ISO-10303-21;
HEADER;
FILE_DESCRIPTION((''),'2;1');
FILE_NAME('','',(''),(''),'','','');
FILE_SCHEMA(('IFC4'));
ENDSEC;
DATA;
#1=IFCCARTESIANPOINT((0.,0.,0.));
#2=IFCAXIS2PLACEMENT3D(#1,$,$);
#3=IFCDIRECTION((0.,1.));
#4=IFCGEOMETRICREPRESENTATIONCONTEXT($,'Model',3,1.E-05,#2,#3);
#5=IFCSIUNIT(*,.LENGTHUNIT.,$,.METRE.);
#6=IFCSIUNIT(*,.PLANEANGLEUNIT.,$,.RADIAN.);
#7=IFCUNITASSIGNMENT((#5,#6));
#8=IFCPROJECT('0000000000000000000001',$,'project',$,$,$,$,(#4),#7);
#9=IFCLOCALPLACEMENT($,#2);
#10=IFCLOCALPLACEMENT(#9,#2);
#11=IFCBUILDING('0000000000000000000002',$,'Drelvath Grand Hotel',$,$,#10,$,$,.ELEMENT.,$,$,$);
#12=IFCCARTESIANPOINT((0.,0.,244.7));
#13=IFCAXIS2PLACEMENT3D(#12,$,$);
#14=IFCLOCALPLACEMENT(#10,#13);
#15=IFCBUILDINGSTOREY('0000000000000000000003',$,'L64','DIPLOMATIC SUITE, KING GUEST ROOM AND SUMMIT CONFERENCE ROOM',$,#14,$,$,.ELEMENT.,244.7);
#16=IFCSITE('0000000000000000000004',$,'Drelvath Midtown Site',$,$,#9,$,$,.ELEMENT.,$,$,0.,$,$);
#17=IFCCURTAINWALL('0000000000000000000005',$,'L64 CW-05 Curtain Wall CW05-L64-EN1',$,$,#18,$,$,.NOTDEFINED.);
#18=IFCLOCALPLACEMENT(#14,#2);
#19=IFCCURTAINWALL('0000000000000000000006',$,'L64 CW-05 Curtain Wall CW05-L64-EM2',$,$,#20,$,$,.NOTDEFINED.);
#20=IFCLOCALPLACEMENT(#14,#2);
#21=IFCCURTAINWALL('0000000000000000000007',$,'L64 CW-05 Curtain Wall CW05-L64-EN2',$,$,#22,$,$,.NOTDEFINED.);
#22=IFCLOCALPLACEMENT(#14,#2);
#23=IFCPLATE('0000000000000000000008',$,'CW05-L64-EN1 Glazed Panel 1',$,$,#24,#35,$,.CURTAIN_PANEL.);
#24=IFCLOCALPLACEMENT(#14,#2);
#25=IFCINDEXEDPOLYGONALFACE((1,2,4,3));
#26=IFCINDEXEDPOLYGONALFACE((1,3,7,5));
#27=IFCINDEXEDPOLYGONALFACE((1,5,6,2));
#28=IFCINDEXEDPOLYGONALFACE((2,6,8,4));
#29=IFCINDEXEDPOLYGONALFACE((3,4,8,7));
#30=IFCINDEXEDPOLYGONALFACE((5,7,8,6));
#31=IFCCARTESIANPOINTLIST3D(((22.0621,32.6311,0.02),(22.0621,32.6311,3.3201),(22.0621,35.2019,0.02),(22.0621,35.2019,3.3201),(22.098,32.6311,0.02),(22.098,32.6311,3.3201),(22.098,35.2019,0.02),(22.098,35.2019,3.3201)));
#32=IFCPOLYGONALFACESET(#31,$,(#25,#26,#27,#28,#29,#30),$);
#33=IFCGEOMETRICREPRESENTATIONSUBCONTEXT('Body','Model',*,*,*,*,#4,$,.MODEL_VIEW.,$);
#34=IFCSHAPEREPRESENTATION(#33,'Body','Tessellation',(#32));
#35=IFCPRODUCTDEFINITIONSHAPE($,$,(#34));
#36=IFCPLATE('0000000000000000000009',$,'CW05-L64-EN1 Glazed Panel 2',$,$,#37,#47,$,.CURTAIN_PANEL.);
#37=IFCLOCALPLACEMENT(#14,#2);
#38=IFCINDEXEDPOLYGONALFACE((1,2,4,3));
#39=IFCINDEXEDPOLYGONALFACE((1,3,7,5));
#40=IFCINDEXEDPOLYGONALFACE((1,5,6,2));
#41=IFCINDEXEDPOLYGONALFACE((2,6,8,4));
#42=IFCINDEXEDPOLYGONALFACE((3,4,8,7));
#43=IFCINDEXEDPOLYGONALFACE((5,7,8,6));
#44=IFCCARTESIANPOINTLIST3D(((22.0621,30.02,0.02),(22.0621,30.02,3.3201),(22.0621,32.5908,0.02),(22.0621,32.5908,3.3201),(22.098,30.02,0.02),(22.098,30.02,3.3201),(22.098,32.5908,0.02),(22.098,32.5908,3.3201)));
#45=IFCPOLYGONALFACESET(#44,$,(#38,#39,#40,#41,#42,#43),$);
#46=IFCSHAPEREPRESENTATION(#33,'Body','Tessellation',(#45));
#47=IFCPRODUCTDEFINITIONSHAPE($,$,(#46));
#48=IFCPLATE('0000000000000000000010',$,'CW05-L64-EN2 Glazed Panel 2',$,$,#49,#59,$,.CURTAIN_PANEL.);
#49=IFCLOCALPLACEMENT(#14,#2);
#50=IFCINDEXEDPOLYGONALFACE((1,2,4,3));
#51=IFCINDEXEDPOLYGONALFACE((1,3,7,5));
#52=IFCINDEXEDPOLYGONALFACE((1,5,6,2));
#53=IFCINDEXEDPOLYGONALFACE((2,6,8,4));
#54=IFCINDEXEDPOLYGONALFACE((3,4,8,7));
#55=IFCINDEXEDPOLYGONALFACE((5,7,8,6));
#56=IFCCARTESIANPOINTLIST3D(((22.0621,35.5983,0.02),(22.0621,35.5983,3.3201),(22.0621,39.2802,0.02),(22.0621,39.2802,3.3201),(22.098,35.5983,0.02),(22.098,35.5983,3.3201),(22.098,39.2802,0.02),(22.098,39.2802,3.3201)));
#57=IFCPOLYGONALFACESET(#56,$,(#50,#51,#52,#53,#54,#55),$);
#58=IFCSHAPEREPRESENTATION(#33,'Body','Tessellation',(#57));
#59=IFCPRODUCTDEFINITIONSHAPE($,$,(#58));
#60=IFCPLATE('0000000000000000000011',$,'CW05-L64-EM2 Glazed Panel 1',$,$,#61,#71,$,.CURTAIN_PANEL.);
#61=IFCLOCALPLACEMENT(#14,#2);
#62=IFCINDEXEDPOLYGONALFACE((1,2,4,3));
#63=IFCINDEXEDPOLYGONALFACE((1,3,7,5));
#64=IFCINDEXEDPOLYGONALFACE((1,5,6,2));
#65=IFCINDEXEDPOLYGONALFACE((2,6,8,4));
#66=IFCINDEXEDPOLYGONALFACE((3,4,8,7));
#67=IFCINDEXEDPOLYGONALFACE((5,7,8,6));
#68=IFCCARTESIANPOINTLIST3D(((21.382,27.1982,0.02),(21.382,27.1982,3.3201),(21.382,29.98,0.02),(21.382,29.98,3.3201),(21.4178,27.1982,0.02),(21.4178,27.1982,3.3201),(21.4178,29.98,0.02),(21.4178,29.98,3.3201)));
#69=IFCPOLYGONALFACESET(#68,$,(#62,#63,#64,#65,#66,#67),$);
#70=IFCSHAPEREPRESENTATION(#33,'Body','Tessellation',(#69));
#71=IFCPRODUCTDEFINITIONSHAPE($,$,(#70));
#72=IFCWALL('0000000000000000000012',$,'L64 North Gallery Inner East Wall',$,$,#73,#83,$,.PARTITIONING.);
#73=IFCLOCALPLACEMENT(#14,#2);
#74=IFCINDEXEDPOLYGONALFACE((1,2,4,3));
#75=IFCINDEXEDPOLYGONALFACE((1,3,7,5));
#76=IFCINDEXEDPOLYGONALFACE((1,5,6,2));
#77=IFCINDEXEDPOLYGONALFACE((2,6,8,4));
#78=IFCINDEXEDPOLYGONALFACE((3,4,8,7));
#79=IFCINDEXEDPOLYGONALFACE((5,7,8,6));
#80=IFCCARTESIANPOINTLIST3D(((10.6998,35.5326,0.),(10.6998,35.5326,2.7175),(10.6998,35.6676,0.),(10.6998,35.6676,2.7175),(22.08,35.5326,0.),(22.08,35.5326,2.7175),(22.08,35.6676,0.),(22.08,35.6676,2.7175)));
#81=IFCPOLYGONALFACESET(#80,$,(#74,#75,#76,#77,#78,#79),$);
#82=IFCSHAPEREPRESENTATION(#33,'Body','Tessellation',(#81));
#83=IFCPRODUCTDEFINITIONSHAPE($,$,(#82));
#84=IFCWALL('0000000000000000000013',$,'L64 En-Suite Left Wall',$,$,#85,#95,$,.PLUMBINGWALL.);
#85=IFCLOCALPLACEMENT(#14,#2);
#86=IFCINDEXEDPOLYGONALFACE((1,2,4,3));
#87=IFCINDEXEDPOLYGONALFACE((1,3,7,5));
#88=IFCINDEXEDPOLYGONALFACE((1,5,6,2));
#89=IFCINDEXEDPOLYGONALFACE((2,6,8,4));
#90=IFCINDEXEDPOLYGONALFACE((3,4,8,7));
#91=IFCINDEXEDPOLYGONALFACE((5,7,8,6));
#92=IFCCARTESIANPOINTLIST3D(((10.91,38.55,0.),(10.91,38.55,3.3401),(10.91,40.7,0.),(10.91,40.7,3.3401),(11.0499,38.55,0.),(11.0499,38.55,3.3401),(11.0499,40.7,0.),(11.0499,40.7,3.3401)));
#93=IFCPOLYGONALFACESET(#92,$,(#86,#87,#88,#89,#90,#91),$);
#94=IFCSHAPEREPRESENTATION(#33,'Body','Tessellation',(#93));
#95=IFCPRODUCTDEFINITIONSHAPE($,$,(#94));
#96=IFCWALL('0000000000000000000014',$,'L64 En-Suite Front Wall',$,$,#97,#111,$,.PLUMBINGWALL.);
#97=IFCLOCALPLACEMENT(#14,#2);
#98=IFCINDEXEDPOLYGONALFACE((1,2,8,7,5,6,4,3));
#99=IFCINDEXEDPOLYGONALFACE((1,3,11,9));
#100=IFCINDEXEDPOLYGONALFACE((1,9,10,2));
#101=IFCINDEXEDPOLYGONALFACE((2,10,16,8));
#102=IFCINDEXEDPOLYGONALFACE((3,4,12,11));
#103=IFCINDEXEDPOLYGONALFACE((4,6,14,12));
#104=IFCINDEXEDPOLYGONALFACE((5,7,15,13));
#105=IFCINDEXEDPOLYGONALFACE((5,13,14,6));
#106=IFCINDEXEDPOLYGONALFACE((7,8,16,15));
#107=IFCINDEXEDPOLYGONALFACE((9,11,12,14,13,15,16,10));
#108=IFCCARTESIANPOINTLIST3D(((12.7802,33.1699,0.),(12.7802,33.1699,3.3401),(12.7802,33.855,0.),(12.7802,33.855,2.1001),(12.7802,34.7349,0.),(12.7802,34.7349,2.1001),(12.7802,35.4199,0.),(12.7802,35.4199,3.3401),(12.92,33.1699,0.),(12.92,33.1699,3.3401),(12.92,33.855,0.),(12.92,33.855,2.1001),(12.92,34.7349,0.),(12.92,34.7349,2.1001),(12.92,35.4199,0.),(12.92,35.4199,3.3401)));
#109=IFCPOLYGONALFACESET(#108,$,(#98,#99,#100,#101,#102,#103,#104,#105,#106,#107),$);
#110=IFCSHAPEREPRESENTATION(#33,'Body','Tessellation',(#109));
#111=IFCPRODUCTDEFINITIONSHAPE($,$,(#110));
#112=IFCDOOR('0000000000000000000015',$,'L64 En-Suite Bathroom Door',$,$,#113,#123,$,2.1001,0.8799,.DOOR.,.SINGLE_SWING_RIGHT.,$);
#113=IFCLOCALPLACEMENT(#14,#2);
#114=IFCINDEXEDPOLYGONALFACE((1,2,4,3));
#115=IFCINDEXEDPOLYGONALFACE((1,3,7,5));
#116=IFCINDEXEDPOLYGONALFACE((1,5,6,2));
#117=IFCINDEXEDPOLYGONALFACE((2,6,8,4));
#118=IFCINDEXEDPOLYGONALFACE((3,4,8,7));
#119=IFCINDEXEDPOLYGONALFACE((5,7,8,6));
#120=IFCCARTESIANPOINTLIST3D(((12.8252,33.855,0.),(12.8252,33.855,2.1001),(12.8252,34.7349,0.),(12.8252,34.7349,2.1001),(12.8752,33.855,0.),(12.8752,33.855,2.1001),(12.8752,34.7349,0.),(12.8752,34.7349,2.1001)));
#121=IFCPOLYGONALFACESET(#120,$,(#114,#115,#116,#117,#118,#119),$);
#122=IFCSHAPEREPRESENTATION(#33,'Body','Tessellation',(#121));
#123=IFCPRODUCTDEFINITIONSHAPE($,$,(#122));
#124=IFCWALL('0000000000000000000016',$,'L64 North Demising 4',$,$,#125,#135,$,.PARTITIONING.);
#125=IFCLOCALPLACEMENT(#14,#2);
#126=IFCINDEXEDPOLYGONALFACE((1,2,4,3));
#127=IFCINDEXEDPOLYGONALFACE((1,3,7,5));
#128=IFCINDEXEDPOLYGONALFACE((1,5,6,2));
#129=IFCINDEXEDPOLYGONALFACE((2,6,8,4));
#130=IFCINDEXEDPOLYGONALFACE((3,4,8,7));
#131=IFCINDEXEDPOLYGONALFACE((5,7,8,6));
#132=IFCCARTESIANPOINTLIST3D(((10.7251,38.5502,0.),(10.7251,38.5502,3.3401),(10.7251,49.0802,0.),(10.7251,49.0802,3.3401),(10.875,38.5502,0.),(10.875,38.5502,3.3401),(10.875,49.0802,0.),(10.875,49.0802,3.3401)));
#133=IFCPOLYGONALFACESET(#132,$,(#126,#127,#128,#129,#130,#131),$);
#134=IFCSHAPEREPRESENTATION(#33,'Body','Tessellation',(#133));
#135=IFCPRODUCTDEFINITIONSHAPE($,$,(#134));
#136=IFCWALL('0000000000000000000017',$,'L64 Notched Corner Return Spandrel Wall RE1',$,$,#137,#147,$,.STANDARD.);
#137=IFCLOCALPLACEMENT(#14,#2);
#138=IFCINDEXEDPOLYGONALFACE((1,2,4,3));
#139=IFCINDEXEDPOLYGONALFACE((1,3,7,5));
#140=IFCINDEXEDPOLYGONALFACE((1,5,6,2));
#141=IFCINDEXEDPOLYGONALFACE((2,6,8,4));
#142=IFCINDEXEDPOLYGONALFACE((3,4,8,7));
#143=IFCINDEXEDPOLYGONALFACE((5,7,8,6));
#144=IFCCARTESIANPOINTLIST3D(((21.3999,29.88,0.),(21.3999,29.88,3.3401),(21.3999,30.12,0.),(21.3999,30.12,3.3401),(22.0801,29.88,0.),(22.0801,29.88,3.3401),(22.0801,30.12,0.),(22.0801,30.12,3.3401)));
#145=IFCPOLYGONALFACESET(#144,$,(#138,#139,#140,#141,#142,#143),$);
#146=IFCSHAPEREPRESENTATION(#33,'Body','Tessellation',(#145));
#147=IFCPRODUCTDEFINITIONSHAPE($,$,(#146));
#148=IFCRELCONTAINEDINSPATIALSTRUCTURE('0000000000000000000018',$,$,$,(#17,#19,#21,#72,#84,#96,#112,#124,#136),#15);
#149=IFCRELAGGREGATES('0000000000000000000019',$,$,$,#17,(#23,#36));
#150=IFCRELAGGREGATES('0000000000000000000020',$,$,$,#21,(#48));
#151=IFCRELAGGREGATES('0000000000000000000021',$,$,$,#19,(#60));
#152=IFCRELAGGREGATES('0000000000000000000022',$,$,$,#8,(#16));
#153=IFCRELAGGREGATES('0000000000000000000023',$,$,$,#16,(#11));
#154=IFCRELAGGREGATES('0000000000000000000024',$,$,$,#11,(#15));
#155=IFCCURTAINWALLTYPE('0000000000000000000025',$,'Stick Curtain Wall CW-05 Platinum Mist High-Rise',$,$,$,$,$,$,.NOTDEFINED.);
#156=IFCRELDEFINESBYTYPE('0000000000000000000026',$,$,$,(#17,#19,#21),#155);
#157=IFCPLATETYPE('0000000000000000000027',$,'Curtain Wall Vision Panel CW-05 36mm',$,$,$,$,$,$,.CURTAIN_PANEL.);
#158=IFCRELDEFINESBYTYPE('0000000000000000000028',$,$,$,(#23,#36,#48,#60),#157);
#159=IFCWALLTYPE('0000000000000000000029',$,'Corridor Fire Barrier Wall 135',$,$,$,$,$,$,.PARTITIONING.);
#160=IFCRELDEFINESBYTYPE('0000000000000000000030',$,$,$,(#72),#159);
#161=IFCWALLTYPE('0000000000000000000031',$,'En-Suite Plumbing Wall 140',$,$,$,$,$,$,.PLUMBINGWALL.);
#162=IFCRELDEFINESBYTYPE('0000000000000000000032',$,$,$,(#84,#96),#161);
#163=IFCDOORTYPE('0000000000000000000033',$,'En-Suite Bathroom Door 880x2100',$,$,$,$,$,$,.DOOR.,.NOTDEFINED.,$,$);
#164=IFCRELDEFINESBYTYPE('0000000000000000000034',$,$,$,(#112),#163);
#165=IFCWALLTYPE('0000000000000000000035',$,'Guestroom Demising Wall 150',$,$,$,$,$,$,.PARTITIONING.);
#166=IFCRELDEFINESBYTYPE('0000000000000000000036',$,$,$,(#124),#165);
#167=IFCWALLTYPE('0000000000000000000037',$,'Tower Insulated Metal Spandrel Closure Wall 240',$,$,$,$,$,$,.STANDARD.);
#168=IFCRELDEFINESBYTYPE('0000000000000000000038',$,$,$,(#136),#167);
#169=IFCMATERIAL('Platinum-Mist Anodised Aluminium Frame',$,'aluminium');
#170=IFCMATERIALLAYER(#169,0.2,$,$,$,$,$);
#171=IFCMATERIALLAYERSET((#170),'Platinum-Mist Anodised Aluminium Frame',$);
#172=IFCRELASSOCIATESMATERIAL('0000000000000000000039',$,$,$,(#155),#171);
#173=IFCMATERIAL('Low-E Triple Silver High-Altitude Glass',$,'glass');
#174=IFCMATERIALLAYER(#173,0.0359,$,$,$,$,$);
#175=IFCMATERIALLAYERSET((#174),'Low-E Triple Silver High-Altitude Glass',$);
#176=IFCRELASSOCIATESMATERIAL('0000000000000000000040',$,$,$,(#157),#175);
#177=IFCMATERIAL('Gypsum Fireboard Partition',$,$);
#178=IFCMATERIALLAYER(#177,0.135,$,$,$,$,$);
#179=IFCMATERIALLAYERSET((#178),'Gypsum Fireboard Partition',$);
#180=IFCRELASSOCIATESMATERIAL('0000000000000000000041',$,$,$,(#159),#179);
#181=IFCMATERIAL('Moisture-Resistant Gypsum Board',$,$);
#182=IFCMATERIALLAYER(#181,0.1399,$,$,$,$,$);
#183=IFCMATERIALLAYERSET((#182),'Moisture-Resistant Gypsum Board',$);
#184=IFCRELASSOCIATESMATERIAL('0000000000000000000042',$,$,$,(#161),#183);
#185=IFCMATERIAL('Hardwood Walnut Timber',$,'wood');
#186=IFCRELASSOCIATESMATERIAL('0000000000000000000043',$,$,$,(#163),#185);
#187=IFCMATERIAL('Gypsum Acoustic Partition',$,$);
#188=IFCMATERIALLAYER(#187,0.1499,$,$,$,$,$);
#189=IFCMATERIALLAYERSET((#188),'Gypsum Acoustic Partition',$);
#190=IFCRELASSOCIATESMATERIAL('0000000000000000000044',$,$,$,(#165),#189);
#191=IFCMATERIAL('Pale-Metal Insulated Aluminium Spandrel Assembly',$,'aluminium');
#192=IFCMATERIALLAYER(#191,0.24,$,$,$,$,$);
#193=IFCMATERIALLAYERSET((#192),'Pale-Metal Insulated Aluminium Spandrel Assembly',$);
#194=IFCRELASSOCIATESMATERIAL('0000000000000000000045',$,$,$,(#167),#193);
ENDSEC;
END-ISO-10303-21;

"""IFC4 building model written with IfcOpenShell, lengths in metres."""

from ifc_helpers import new_model, si_unit, direction, frame, frame_2d, origin, origin_2d, place, context, subcontext, project, spatial, rectangle, extrude, material, layer, layer_set, type_object, element, fill, aggregate, save


model = new_model("IFC4")

# Units and contexts
model_context = context("Model", 3, precision=1e-05, world=origin(), true_north=direction((0.0, 1.0)))
body_context = subcontext(model_context, "Body", "Model", "MODEL_VIEW")
ifc_project = project(units=[si_unit("LENGTHUNIT", "METRE"), si_unit("PLANEANGLEUNIT", "RADIAN")], contexts=[model_context])

# Site, building, storey
site_placement = place(None, origin())
site = spatial("IfcSite", under=ifc_project, at=site_placement, Name="Drelvath Midtown Site", CompositionType="ELEMENT", RefElevation=0.0)
building_placement = place(site_placement, origin())
building = spatial("IfcBuilding", under=site, at=building_placement, Name="Drelvath Grand Hotel", CompositionType="ELEMENT")
storey_placement = place(building_placement, frame((0.0, 0.0, 244.7)))
storey = spatial("IfcBuildingStorey", under=building, at=storey_placement, Name="L64", Description="DIPLOMATIC SUITE, KING GUEST ROOM AND SUMMIT CONFERENCE ROOM", CompositionType="ELEMENT", Elevation=244.7)

# Curtain walls
ifc_material_1 = material(Name="Platinum-Mist Anodised Aluminium Frame", Category="aluminium")
ifc_layer_1 = layer(ifc_material_1, 0.2)
ifc_layer_set_1 = layer_set([ifc_layer_1], Name="Platinum-Mist Anodised Aluminium Frame")
curtain_wall_type = type_object("IfcCurtainWallType", Name="Stick Curtain Wall CW-05 Platinum Mist High-Rise", PredefinedType="NOTDEFINED", material=ifc_layer_set_1)
curtain_wall_1_placement = place(storey_placement, origin())
curtain_wall_1 = element("IfcCurtainWall", 1, at=curtain_wall_1_placement, inside=storey, type_object=curtain_wall_type, Name="L64 CW-05 Curtain Wall CW05-L64-EN1", PredefinedType="NOTDEFINED")
curtain_wall_2_placement = place(storey_placement, origin())
curtain_wall_2 = element("IfcCurtainWall", 2, at=curtain_wall_2_placement, inside=storey, type_object=curtain_wall_type, Name="L64 CW-05 Curtain Wall CW05-L64-EM2", PredefinedType="NOTDEFINED")

# Curtain wall
curtain_wall_3_placement = place(storey_placement, origin())
curtain_wall_3 = element("IfcCurtainWall", 3, at=curtain_wall_3_placement, inside=storey, type_object=curtain_wall_type, Name="L64 CW-05 Curtain Wall CW05-L64-EN2", PredefinedType="NOTDEFINED")

# Plates
ifc_material_2 = material(Name="Low-E Triple Silver High-Altitude Glass", Category="glass")
ifc_layer_2 = layer(ifc_material_2, 0.0359)
ifc_layer_set_2 = layer_set([ifc_layer_2], Name="Low-E Triple Silver High-Altitude Glass")
plate_type = type_object("IfcPlateType", Name="Curtain Wall Vision Panel CW-05 36mm", PredefinedType="CURTAIN_PANEL", material=ifc_layer_set_2)
plate_1_placement = place(storey_placement, frame((22.0801, 33.9165, 0.02), z_axis=(0.0, 0.0, 1.0), x_axis=(0.0, -1.0, 0.0)))
plate_1 = element("IfcPlate", 4, at=plate_1_placement, type_object=plate_type, Name="CW05-L64-EN1 Glazed Panel 1", PredefinedType="CURTAIN_PANEL", context=body_context, shape_type="SweptSolid", body=[
    extrude(rectangle(XDim=2.5708, YDim=0.0359, at=origin_2d()), origin(), (0.0, 0.0, 1.0), 3.3),
])
plate_2_placement = place(storey_placement, frame((22.0801, 31.3054, 0.02), z_axis=(0.0, 0.0, 1.0), x_axis=(0.0, -1.0, 0.0)))
plate_2 = element("IfcPlate", 5, at=plate_2_placement, type_object=plate_type, Name="CW05-L64-EN1 Glazed Panel 2", PredefinedType="CURTAIN_PANEL", context=body_context, shape_type="SweptSolid", body=[
    extrude(rectangle(XDim=2.5708, YDim=0.0359, at=origin_2d()), origin(), (0.0, 0.0, 1.0), 3.3),
])
aggregate(curtain_wall_1, [plate_1, plate_2])
plate_3_placement = place(storey_placement, frame((22.0801, 37.4392, 0.02), z_axis=(0.0, 0.0, 1.0), x_axis=(0.0, -1.0, 0.0)))
plate_3 = element("IfcPlate", 6, at=plate_3_placement, type_object=plate_type, Name="CW05-L64-EN2 Glazed Panel 2", PredefinedType="CURTAIN_PANEL", context=body_context, shape_type="SweptSolid", body=[
    extrude(rectangle(XDim=3.6819, YDim=0.0359, at=origin_2d()), origin(), (0.0, 0.0, 1.0), 3.3),
])
aggregate(curtain_wall_3, [plate_3])
plate_4_placement = place(storey_placement, frame((21.3999, 28.5891, 0.02), z_axis=(0.0, 0.0, 1.0), x_axis=(0.0, -1.0, 0.0)))
plate_4 = element("IfcPlate", 7, at=plate_4_placement, type_object=plate_type, Name="CW05-L64-EM2 Glazed Panel 1", PredefinedType="CURTAIN_PANEL", context=body_context, shape_type="SweptSolid", body=[
    extrude(rectangle(XDim=2.7817, YDim=0.0359, at=origin_2d()), origin(), (0.0, 0.0, 1.0), 3.3),
])
aggregate(curtain_wall_2, [plate_4])

# Walls
ifc_material_3 = material(Name="Gypsum Fireboard Partition")
ifc_layer_3 = layer(ifc_material_3, 0.135)
ifc_layer_set_3 = layer_set([ifc_layer_3], Name="Gypsum Fireboard Partition")
wall_type_1 = type_object("IfcWallType", Name="Corridor Fire Barrier Wall 135", PredefinedType="PARTITIONING", material=ifc_layer_set_3)
wall_1_placement = place(storey_placement, frame((10.7, 35.6001, 0.0), z_axis=(0.0, 0.0, 1.0), x_axis=(1.0, 0.0, 0.0)))
element("IfcWall", 8, at=wall_1_placement, inside=storey, type_object=wall_type_1, Name="L64 North Gallery Inner East Wall", PredefinedType="PARTITIONING", context=body_context, shape_type="SweptSolid", body=[
    extrude(rectangle(XDim=11.3801, YDim=0.135, at=frame_2d((5.6899, 0.0))), origin(), (0.0, 0.0, 1.0), 2.7175),
])
ifc_material_4 = material(Name="Moisture-Resistant Gypsum Board")
ifc_layer_4 = layer(ifc_material_4, 0.1399)
ifc_layer_set_4 = layer_set([ifc_layer_4], Name="Moisture-Resistant Gypsum Board")
wall_type_2 = type_object("IfcWallType", Name="En-Suite Plumbing Wall 140", PredefinedType="PLUMBINGWALL", material=ifc_layer_set_4)
wall_2_placement = place(storey_placement, frame((10.98, 38.55, 0.0), z_axis=(0.0, 0.0, 1.0), x_axis=(0.0, 1.0, 0.0)))
element("IfcWall", 9, at=wall_2_placement, inside=storey, type_object=wall_type_2, Name="L64 En-Suite Left Wall", PredefinedType="PLUMBINGWALL", context=body_context, shape_type="SweptSolid", body=[
    extrude(rectangle(XDim=2.1499, YDim=0.1399, at=frame_2d((1.075, 0.0))), origin(), (0.0, 0.0, 1.0), 3.3401),
])

# Wall, opening, door
wall_3_placement = place(storey_placement, frame((12.8501, 33.1699, 0.0), z_axis=(0.0, 0.0, 1.0), x_axis=(0.0, 1.0, 0.0)))
wall_3 = element("IfcWall", 10, at=wall_3_placement, inside=storey, type_object=wall_type_2, Name="L64 En-Suite Front Wall", PredefinedType="PLUMBINGWALL", context=body_context, shape_type="SweptSolid", body=[
    extrude(rectangle(XDim=2.25, YDim=0.1399, at=frame_2d((1.125, 0.0))), origin(), (0.0, 0.0, 1.0), 3.3401),
])
opening_placement = place(wall_3_placement, frame((0.6851, 0.0, 0.0)))
opening = element("IfcOpeningElement", 11, at=opening_placement, cuts=wall_3, PredefinedType="OPENING", context=body_context, shape_type="SweptSolid", body=[
    extrude(rectangle(XDim=0.8799, YDim=2.1001, at=frame_2d((0.4399, 1.05))), frame((0.0, 0.0798, 0.0), z_axis=(0.0, -1.0, 0.0), x_axis=(1.0, 0.0, 0.0)), (0.0, 0.0, 1.0), 0.1599),
])
ifc_material_5 = material(Name="Hardwood Walnut Timber", Category="wood")
door_type = type_object("IfcDoorType", Name="En-Suite Bathroom Door 880x2100", OperationType="NOTDEFINED", PredefinedType="DOOR", material=ifc_material_5)
door_placement = place(opening_placement, origin())
door = element("IfcDoor", 12, at=door_placement, inside=storey, type_object=door_type, Name="L64 En-Suite Bathroom Door", OperationType="SINGLE_SWING_RIGHT", OverallHeight=2.1001, OverallWidth=0.8799, PredefinedType="DOOR", context=body_context, shape_type="SweptSolid", body=[
    extrude(rectangle(XDim=0.8799, YDim=2.1001, at=frame_2d((0.4399, 1.05))), frame((0.0, 0.0249, 0.0), z_axis=(0.0, -1.0, 0.0), x_axis=(1.0, 0.0, 0.0)), (0.0, 0.0, 1.0), 0.05),
])
fill(opening, door)

# Walls
ifc_material_6 = material(Name="Gypsum Acoustic Partition")
ifc_layer_5 = layer(ifc_material_6, 0.1499)
ifc_layer_set_5 = layer_set([ifc_layer_5], Name="Gypsum Acoustic Partition")
wall_type_3 = type_object("IfcWallType", Name="Guestroom Demising Wall 150", PredefinedType="PARTITIONING", material=ifc_layer_set_5)
wall_4_placement = place(storey_placement, frame((10.8, 38.55, 0.0), z_axis=(0.0, 0.0, 1.0), x_axis=(0.0, 1.0, 0.0)))
element("IfcWall", 13, at=wall_4_placement, inside=storey, type_object=wall_type_3, Name="L64 North Demising 4", PredefinedType="PARTITIONING", context=body_context, shape_type="SweptSolid", body=[
    extrude(rectangle(XDim=10.53, YDim=0.1499, at=frame_2d((5.2651, 0.0))), origin(), (0.0, 0.0, 1.0), 3.3401),
])
ifc_material_7 = material(Name="Pale-Metal Insulated Aluminium Spandrel Assembly", Category="aluminium")
ifc_layer_6 = layer(ifc_material_7, 0.24)
ifc_layer_set_6 = layer_set([ifc_layer_6], Name="Pale-Metal Insulated Aluminium Spandrel Assembly")
wall_type_4 = type_object("IfcWallType", Name="Tower Insulated Metal Spandrel Closure Wall 240", PredefinedType="STANDARD", material=ifc_layer_set_6)
wall_5_placement = place(storey_placement, frame((22.0801, 30.0, 0.0), z_axis=(0.0, 0.0, 1.0), x_axis=(-1.0, 0.0, 0.0)))
element("IfcWall", 14, at=wall_5_placement, inside=storey, type_object=wall_type_4, Name="L64 Notched Corner Return Spandrel Wall RE1", PredefinedType="STANDARD", context=body_context, shape_type="SweptSolid", body=[
    extrude(rectangle(XDim=0.6802, YDim=0.24, at=frame_2d((0.3401, 0.0))), origin(), (0.0, 0.0, 1.0), 3.3401),
])

save(model, "model.ifc")
